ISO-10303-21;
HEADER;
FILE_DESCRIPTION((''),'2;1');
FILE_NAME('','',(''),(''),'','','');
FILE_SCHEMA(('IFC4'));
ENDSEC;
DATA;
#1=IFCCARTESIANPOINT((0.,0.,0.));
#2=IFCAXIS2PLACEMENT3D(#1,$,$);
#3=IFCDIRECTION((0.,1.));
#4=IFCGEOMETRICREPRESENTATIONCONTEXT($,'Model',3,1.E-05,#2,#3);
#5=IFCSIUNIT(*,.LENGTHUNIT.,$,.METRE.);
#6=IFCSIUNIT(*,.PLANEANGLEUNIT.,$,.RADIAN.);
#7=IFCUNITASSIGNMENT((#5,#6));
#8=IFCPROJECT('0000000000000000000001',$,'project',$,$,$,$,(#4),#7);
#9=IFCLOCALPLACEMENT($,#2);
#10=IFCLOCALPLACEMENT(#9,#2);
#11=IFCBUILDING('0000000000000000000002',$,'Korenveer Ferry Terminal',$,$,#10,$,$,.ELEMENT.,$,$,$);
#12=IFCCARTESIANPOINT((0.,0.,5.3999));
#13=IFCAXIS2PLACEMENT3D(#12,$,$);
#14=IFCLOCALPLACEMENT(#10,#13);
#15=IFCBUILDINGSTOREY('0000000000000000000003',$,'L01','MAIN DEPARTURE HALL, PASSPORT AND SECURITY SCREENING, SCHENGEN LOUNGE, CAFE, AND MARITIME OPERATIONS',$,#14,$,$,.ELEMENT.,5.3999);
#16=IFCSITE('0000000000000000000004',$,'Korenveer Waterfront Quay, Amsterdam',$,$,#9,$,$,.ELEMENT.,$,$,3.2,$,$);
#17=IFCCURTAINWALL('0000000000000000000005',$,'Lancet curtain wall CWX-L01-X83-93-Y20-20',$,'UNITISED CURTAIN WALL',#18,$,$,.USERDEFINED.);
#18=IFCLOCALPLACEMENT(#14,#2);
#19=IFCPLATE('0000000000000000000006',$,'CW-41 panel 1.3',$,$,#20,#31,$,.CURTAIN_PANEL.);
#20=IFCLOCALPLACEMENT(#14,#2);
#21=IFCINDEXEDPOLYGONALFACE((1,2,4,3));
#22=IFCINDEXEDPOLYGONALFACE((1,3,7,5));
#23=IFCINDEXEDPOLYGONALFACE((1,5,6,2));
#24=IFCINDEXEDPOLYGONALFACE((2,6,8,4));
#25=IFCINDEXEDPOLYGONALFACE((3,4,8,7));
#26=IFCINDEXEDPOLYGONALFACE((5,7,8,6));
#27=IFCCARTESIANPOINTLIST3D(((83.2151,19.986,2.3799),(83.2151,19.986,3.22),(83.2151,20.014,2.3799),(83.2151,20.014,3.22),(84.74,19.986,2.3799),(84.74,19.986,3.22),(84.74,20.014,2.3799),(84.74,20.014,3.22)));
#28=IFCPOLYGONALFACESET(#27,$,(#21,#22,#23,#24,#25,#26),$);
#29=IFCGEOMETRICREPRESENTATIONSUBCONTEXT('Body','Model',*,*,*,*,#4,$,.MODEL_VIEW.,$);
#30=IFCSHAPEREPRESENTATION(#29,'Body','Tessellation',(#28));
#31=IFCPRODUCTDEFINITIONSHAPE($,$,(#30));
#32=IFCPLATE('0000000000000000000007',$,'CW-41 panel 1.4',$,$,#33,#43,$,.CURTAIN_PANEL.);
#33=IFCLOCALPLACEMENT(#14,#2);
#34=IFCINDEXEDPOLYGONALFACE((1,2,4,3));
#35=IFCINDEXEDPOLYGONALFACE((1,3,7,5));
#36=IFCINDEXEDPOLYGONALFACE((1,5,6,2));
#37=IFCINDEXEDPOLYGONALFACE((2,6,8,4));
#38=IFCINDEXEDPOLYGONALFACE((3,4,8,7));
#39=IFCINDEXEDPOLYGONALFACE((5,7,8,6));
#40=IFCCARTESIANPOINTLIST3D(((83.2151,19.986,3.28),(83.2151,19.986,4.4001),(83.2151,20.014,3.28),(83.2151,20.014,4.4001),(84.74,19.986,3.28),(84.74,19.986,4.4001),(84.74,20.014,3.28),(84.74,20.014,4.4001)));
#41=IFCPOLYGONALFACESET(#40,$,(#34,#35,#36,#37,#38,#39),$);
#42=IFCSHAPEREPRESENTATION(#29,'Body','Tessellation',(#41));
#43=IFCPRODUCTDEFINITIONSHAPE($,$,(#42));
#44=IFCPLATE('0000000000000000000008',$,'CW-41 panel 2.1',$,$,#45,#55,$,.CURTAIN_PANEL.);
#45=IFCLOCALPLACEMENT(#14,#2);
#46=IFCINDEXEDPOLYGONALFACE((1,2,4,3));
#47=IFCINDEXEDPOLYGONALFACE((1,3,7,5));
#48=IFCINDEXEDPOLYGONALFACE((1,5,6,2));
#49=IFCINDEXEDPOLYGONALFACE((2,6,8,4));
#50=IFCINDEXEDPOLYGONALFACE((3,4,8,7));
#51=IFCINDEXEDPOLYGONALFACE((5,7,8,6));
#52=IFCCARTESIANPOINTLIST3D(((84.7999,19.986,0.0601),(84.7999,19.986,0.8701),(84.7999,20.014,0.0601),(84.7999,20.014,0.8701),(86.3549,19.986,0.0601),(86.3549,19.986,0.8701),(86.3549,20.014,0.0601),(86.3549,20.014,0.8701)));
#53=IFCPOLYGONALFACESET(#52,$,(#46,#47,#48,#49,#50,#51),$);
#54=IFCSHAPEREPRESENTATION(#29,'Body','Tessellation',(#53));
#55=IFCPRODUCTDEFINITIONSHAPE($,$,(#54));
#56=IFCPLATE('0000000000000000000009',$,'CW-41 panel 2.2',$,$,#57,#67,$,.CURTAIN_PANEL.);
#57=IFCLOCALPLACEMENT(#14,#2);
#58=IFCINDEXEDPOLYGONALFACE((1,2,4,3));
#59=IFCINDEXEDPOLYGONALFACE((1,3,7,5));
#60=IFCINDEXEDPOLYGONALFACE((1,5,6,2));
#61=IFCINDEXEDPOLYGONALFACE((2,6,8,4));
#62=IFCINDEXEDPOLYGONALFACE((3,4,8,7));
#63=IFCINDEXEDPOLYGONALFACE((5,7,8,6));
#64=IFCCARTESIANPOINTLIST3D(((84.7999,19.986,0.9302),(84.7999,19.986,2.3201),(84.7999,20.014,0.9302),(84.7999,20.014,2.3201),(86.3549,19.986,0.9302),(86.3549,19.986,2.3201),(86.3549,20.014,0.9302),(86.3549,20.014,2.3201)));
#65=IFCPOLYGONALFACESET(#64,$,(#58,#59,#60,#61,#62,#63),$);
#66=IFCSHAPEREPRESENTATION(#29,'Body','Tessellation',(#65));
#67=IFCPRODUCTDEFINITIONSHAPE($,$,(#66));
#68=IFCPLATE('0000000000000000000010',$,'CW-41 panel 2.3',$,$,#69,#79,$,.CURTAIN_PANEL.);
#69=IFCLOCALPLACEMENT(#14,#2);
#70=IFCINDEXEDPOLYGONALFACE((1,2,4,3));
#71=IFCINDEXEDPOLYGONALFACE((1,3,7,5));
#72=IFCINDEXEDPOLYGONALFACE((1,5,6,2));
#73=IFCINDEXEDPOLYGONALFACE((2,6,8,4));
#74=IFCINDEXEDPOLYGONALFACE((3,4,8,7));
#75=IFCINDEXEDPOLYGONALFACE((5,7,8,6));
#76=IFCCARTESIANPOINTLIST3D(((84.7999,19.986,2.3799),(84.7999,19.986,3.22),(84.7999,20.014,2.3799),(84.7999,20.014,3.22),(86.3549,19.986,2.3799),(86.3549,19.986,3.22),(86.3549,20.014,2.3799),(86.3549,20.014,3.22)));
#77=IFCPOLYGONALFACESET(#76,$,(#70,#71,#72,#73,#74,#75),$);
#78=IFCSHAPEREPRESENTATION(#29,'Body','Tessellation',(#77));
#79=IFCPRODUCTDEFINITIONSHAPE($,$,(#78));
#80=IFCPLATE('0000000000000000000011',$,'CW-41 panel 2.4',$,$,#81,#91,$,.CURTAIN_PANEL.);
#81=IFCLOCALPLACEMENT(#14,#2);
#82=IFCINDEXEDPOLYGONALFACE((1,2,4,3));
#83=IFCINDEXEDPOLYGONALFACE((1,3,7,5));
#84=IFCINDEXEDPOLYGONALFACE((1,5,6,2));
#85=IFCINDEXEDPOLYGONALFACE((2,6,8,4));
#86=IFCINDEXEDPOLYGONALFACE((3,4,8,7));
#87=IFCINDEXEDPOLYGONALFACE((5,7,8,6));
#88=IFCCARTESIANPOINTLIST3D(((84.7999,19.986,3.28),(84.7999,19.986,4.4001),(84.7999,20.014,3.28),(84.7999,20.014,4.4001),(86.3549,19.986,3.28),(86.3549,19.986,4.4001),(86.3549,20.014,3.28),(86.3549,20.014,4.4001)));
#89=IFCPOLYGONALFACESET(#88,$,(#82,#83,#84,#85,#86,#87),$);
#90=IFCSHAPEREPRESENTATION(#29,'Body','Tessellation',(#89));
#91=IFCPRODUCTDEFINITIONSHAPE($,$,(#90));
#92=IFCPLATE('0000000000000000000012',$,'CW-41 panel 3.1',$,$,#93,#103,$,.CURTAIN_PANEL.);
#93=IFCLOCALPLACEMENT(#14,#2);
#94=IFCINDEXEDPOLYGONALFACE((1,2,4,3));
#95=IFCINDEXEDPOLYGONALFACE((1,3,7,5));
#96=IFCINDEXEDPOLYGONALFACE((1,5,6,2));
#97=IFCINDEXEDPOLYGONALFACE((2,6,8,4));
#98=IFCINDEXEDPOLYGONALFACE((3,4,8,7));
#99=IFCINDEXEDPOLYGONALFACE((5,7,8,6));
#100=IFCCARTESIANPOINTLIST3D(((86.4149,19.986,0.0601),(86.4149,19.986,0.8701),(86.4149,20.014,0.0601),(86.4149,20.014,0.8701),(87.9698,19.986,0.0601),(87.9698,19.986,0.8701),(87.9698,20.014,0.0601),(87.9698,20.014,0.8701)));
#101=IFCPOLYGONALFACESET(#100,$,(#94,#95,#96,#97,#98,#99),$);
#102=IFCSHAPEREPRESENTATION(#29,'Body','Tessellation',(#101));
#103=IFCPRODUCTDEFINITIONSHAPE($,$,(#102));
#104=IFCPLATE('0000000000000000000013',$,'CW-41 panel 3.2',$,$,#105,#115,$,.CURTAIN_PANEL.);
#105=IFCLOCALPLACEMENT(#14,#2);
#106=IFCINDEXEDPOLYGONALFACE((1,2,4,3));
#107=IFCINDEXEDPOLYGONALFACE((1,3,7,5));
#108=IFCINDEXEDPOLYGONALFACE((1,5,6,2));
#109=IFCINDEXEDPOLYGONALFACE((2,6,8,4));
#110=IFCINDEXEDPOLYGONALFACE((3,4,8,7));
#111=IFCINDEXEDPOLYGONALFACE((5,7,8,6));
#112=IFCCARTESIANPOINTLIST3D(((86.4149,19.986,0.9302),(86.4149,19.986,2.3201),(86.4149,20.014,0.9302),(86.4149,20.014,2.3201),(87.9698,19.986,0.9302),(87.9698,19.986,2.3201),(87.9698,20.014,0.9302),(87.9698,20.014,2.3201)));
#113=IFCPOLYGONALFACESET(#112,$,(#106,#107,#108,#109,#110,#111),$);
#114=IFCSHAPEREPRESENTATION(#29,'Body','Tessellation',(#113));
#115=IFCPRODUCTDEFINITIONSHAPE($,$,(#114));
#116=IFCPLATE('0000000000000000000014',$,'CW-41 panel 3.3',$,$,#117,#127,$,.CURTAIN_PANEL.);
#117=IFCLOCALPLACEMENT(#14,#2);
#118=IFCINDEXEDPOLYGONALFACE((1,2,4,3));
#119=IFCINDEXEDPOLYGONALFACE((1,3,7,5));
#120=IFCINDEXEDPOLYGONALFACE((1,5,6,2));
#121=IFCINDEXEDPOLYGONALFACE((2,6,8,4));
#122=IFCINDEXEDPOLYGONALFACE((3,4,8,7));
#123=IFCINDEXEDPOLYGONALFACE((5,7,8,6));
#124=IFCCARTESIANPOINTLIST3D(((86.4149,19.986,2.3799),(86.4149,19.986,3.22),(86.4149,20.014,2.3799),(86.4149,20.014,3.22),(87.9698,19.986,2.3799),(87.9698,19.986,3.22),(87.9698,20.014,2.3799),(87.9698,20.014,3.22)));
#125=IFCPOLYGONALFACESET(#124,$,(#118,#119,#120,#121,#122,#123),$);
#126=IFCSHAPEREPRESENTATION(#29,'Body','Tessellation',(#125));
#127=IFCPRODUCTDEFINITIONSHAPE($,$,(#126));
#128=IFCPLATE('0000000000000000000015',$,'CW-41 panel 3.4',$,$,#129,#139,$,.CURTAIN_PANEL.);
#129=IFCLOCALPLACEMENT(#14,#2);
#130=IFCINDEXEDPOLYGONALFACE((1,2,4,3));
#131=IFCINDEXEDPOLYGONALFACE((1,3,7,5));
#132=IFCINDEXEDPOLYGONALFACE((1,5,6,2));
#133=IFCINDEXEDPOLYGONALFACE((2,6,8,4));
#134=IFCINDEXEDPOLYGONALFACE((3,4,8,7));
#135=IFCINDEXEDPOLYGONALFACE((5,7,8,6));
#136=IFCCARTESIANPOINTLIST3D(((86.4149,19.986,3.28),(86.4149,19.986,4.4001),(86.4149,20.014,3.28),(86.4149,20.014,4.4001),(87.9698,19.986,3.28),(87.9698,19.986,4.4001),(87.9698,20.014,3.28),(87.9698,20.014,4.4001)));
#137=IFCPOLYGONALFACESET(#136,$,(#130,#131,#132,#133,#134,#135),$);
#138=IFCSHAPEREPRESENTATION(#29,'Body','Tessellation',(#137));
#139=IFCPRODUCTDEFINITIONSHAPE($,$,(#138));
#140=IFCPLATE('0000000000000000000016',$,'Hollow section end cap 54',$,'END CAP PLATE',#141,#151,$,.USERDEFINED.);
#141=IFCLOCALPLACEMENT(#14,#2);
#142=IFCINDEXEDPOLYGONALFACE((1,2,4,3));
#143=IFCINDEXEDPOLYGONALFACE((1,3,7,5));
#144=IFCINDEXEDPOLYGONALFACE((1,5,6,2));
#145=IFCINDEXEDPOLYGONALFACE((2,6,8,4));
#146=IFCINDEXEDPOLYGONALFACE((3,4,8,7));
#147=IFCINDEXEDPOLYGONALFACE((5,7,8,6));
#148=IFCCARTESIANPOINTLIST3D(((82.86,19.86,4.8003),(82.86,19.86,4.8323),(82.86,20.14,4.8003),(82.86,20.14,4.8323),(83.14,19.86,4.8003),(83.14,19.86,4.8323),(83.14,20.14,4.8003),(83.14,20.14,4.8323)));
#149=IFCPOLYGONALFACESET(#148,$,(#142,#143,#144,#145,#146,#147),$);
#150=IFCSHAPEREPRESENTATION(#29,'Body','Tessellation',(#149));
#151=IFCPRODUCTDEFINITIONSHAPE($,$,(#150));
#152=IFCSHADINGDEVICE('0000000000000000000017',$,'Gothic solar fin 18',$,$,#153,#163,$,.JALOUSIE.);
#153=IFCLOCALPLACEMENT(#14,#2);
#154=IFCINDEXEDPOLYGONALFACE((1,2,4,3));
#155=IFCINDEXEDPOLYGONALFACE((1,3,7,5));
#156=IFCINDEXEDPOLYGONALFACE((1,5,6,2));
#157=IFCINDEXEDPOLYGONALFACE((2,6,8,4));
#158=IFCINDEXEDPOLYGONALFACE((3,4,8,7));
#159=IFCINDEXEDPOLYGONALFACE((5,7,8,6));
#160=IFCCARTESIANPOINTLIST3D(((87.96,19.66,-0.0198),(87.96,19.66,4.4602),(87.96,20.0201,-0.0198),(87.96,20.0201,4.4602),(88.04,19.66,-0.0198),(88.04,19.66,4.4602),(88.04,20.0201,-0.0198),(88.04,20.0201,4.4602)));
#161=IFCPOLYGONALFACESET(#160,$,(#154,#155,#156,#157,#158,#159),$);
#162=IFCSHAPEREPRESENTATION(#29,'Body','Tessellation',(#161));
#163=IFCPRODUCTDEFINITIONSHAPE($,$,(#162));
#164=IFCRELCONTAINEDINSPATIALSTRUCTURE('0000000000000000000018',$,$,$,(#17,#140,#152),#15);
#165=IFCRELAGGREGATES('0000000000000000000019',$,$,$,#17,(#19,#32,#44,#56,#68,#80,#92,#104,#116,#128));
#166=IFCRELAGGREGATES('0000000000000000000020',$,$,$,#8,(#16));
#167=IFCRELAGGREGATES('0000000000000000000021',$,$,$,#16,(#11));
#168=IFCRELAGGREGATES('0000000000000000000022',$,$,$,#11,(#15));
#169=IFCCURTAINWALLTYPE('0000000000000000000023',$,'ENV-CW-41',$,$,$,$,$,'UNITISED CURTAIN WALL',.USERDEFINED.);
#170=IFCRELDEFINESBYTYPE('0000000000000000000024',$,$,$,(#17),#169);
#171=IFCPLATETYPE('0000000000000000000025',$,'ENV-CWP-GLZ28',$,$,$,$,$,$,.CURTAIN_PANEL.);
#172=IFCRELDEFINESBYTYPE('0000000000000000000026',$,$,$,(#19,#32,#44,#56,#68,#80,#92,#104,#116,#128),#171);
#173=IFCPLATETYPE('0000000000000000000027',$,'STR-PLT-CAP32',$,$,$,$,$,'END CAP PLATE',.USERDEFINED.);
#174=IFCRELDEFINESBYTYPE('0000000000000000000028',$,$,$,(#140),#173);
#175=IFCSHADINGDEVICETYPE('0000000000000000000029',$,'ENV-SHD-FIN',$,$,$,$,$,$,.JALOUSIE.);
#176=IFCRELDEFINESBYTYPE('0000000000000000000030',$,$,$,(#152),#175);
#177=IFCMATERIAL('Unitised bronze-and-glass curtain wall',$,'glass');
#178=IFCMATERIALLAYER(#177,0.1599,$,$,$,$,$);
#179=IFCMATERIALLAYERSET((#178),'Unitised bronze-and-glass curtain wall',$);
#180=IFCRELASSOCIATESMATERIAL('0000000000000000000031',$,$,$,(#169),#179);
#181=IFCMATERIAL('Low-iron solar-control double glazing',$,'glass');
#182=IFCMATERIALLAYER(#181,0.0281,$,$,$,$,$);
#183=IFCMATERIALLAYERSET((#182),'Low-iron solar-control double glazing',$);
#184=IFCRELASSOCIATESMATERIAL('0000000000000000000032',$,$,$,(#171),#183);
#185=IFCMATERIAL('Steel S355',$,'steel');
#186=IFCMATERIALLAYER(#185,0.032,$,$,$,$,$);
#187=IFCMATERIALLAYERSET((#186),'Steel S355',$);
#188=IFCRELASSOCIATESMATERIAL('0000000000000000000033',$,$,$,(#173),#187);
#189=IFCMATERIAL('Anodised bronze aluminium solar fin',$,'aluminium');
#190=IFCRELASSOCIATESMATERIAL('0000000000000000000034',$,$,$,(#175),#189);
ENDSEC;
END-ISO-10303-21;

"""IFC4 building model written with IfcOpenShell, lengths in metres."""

from ifc_helpers import new_model, si_unit, direction, frame, origin, origin_2d, place, context, subcontext, project, spatial, rectangle, extrude, material, layer, layer_set, type_object, element, aggregate, save


model = new_model("IFC4")

# Units and contexts
model_context = context("Model", 3, precision=1e-05, world=origin(), true_north=direction((0.0, 1.0)))
body_context = subcontext(model_context, "Body", "Model", "MODEL_VIEW")
ifc_project = project(units=[si_unit("LENGTHUNIT", "METRE"), si_unit("PLANEANGLEUNIT", "RADIAN")], contexts=[model_context])

# Site, building, storey
site_placement = place(None, origin())
site = spatial("IfcSite", under=ifc_project, at=site_placement, Name="Korenveer Waterfront Quay, Amsterdam", CompositionType="ELEMENT", RefElevation=3.2)
building_placement = place(site_placement, origin())
building = spatial("IfcBuilding", under=site, at=building_placement, Name="Korenveer Ferry Terminal", CompositionType="ELEMENT")
storey_placement = place(building_placement, frame((0.0, 0.0, 5.3999)))
storey = spatial("IfcBuildingStorey", under=building, at=storey_placement, Name="L01", Description="MAIN DEPARTURE HALL, PASSPORT AND SECURITY SCREENING, SCHENGEN LOUNGE, CAFE, AND MARITIME OPERATIONS", CompositionType="ELEMENT", Elevation=5.3999)

# Shared definitions
ifc_material_1 = material(Name="Steel S355", Category="steel")

# Shared definitions
ifc_material_2 = material(Name="Unitised bronze-and-glass curtain wall", Category="glass")

# Curtain wall
ifc_layer_1 = layer(ifc_material_2, 0.1599)
ifc_layer_set_1 = layer_set([ifc_layer_1], Name="Unitised bronze-and-glass curtain wall")
curtain_wall_type_1 = type_object("IfcCurtainWallType", Name="ENV-CW-41", ElementType="UNITISED CURTAIN WALL", PredefinedType="USERDEFINED", material=ifc_layer_set_1)
curtain_wall_1_placement = place(storey_placement, frame((83.155, 20.0, 0.0)))
curtain_wall_1 = element("IfcCurtainWall", 1, at=curtain_wall_1_placement, inside=storey, type_object=curtain_wall_type_1, Name="Lancet curtain wall CWX-L01-X83-93-Y20-20", ObjectType="UNITISED CURTAIN WALL", PredefinedType="USERDEFINED")

# Plates
ifc_material_3 = material(Name="Low-iron solar-control double glazing", Category="glass")
ifc_layer_2 = layer(ifc_material_3, 0.0281)
ifc_layer_set_2 = layer_set([ifc_layer_2], Name="Low-iron solar-control double glazing")
plate_type_1 = type_object("IfcPlateType", Name="ENV-CWP-GLZ28", PredefinedType="CURTAIN_PANEL", material=ifc_layer_set_2)
plate_1_placement = place(storey_placement, frame((83.9775, 20.0, 2.3799), z_axis=(0.0, 0.0, 1.0), x_axis=(1.0, 0.0, 0.0)))
plate_1 = element("IfcPlate", 2, at=plate_1_placement, type_object=plate_type_1, Name="CW-41 panel 1.3", PredefinedType="CURTAIN_PANEL", context=body_context, shape_type="SweptSolid", body=[
    extrude(rectangle(XDim=1.5249, YDim=0.0281, at=origin_2d()), origin(), (0.0, 0.0, 1.0), 0.8401),
])
plate_2_placement = place(storey_placement, frame((83.9775, 20.0, 3.28), z_axis=(0.0, 0.0, 1.0), x_axis=(1.0, 0.0, 0.0)))
plate_2 = element("IfcPlate", 3, at=plate_2_placement, type_object=plate_type_1, Name="CW-41 panel 1.4", PredefinedType="CURTAIN_PANEL", context=body_context, shape_type="SweptSolid", body=[
    extrude(rectangle(XDim=1.5249, YDim=0.0281, at=origin_2d()), origin(), (0.0, 0.0, 1.0), 1.1201),
])
plate_3_placement = place(storey_placement, frame((85.5774, 20.0, 0.0601), z_axis=(0.0, 0.0, 1.0), x_axis=(1.0, 0.0, 0.0)))
plate_3 = element("IfcPlate", 4, at=plate_3_placement, type_object=plate_type_1, Name="CW-41 panel 2.1", PredefinedType="CURTAIN_PANEL", context=body_context, shape_type="SweptSolid", body=[
    extrude(rectangle(XDim=1.5549, YDim=0.0281, at=origin_2d()), origin(), (0.0, 0.0, 1.0), 0.8101),
])
plate_4_placement = place(storey_placement, frame((85.5774, 20.0, 0.9302), z_axis=(0.0, 0.0, 1.0), x_axis=(1.0, 0.0, 0.0)))
plate_4 = element("IfcPlate", 5, at=plate_4_placement, type_object=plate_type_1, Name="CW-41 panel 2.2", PredefinedType="CURTAIN_PANEL", context=body_context, shape_type="SweptSolid", body=[
    extrude(rectangle(XDim=1.5549, YDim=0.0281, at=origin_2d()), origin(), (0.0, 0.0, 1.0), 1.3899),
])
plate_5_placement = place(storey_placement, frame((85.5774, 20.0, 2.3799), z_axis=(0.0, 0.0, 1.0), x_axis=(1.0, 0.0, 0.0)))
plate_5 = element("IfcPlate", 6, at=plate_5_placement, type_object=plate_type_1, Name="CW-41 panel 2.3", PredefinedType="CURTAIN_PANEL", context=body_context, shape_type="SweptSolid", body=[
    extrude(rectangle(XDim=1.5549, YDim=0.0281, at=origin_2d()), origin(), (0.0, 0.0, 1.0), 0.8401),
])
plate_6_placement = place(storey_placement, frame((85.5774, 20.0, 3.28), z_axis=(0.0, 0.0, 1.0), x_axis=(1.0, 0.0, 0.0)))
plate_6 = element("IfcPlate", 7, at=plate_6_placement, type_object=plate_type_1, Name="CW-41 panel 2.4", PredefinedType="CURTAIN_PANEL", context=body_context, shape_type="SweptSolid", body=[
    extrude(rectangle(XDim=1.5549, YDim=0.0281, at=origin_2d()), origin(), (0.0, 0.0, 1.0), 1.1201),
])
plate_7_placement = place(storey_placement, frame((87.1924, 20.0, 0.0601), z_axis=(0.0, 0.0, 1.0), x_axis=(1.0, 0.0, 0.0)))
plate_7 = element("IfcPlate", 8, at=plate_7_placement, type_object=plate_type_1, Name="CW-41 panel 3.1", PredefinedType="CURTAIN_PANEL", context=body_context, shape_type="SweptSolid", body=[
    extrude(rectangle(XDim=1.5549, YDim=0.0281, at=origin_2d()), origin(), (0.0, 0.0, 1.0), 0.8101),
])
plate_8_placement = place(storey_placement, frame((87.1924, 20.0, 0.9302), z_axis=(0.0, 0.0, 1.0), x_axis=(1.0, 0.0, 0.0)))
plate_8 = element("IfcPlate", 9, at=plate_8_placement, type_object=plate_type_1, Name="CW-41 panel 3.2", PredefinedType="CURTAIN_PANEL", context=body_context, shape_type="SweptSolid", body=[
    extrude(rectangle(XDim=1.5549, YDim=0.0281, at=origin_2d()), origin(), (0.0, 0.0, 1.0), 1.3899),
])
plate_9_placement = place(storey_placement, frame((87.1924, 20.0, 2.3799), z_axis=(0.0, 0.0, 1.0), x_axis=(1.0, 0.0, 0.0)))
plate_9 = element("IfcPlate", 10, at=plate_9_placement, type_object=plate_type_1, Name="CW-41 panel 3.3", PredefinedType="CURTAIN_PANEL", context=body_context, shape_type="SweptSolid", body=[
    extrude(rectangle(XDim=1.5549, YDim=0.0281, at=origin_2d()), origin(), (0.0, 0.0, 1.0), 0.8401),
])
plate_10_placement = place(storey_placement, frame((87.1924, 20.0, 3.28), z_axis=(0.0, 0.0, 1.0), x_axis=(1.0, 0.0, 0.0)))
plate_10 = element("IfcPlate", 11, at=plate_10_placement, type_object=plate_type_1, Name="CW-41 panel 3.4", PredefinedType="CURTAIN_PANEL", context=body_context, shape_type="SweptSolid", body=[
    extrude(rectangle(XDim=1.5549, YDim=0.0281, at=origin_2d()), origin(), (0.0, 0.0, 1.0), 1.1201),
])
aggregate(curtain_wall_1, [plate_1, plate_2, plate_3, plate_4, plate_5, plate_6, plate_7, plate_8, plate_9, plate_10])
ifc_layer_3 = layer(ifc_material_1, 0.032)
ifc_layer_set_3 = layer_set([ifc_layer_3], Name="Steel S355")
plate_type_2 = type_object("IfcPlateType", Name="STR-PLT-CAP32", ElementType="END CAP PLATE", PredefinedType="USERDEFINED", material=ifc_layer_set_3)
plate_11_placement = place(storey_placement, frame((83.0, 20.0, 4.8003), z_axis=(0.0, 0.0, 1.0), x_axis=(1.0, 0.0, 0.0)))
element("IfcPlate", 12, at=plate_11_placement, inside=storey, type_object=plate_type_2, Name="Hollow section end cap 54", ObjectType="END CAP PLATE", PredefinedType="USERDEFINED", context=body_context, shape_type="SweptSolid", body=[
    extrude(rectangle(XDim=0.28, YDim=0.28, at=origin_2d()), origin(), (0.0, 0.0, 1.0), 0.032),
])

# Shading device
ifc_material_4 = material(Name="Anodised bronze aluminium solar fin", Category="aluminium")
shading_device_type = type_object("IfcShadingDeviceType", Name="ENV-SHD-FIN", PredefinedType="JALOUSIE", material=ifc_material_4)
shading_device_placement = place(storey_placement, frame((88.0, 19.8401, -0.0198), z_axis=(0.0, 0.0, 1.0), x_axis=(0.0, 1.0, 0.0)))
element("IfcShadingDevice", 13, at=shading_device_placement, inside=storey, type_object=shading_device_type, Name="Gothic solar fin 18", PredefinedType="JALOUSIE", context=body_context, shape_type="SweptSolid", body=[
    extrude(rectangle(XDim=0.3601, YDim=0.0801, at=origin_2d()), origin(), (0.0, 0.0, 1.0), 4.48),
])

save(model, "model.ifc")
